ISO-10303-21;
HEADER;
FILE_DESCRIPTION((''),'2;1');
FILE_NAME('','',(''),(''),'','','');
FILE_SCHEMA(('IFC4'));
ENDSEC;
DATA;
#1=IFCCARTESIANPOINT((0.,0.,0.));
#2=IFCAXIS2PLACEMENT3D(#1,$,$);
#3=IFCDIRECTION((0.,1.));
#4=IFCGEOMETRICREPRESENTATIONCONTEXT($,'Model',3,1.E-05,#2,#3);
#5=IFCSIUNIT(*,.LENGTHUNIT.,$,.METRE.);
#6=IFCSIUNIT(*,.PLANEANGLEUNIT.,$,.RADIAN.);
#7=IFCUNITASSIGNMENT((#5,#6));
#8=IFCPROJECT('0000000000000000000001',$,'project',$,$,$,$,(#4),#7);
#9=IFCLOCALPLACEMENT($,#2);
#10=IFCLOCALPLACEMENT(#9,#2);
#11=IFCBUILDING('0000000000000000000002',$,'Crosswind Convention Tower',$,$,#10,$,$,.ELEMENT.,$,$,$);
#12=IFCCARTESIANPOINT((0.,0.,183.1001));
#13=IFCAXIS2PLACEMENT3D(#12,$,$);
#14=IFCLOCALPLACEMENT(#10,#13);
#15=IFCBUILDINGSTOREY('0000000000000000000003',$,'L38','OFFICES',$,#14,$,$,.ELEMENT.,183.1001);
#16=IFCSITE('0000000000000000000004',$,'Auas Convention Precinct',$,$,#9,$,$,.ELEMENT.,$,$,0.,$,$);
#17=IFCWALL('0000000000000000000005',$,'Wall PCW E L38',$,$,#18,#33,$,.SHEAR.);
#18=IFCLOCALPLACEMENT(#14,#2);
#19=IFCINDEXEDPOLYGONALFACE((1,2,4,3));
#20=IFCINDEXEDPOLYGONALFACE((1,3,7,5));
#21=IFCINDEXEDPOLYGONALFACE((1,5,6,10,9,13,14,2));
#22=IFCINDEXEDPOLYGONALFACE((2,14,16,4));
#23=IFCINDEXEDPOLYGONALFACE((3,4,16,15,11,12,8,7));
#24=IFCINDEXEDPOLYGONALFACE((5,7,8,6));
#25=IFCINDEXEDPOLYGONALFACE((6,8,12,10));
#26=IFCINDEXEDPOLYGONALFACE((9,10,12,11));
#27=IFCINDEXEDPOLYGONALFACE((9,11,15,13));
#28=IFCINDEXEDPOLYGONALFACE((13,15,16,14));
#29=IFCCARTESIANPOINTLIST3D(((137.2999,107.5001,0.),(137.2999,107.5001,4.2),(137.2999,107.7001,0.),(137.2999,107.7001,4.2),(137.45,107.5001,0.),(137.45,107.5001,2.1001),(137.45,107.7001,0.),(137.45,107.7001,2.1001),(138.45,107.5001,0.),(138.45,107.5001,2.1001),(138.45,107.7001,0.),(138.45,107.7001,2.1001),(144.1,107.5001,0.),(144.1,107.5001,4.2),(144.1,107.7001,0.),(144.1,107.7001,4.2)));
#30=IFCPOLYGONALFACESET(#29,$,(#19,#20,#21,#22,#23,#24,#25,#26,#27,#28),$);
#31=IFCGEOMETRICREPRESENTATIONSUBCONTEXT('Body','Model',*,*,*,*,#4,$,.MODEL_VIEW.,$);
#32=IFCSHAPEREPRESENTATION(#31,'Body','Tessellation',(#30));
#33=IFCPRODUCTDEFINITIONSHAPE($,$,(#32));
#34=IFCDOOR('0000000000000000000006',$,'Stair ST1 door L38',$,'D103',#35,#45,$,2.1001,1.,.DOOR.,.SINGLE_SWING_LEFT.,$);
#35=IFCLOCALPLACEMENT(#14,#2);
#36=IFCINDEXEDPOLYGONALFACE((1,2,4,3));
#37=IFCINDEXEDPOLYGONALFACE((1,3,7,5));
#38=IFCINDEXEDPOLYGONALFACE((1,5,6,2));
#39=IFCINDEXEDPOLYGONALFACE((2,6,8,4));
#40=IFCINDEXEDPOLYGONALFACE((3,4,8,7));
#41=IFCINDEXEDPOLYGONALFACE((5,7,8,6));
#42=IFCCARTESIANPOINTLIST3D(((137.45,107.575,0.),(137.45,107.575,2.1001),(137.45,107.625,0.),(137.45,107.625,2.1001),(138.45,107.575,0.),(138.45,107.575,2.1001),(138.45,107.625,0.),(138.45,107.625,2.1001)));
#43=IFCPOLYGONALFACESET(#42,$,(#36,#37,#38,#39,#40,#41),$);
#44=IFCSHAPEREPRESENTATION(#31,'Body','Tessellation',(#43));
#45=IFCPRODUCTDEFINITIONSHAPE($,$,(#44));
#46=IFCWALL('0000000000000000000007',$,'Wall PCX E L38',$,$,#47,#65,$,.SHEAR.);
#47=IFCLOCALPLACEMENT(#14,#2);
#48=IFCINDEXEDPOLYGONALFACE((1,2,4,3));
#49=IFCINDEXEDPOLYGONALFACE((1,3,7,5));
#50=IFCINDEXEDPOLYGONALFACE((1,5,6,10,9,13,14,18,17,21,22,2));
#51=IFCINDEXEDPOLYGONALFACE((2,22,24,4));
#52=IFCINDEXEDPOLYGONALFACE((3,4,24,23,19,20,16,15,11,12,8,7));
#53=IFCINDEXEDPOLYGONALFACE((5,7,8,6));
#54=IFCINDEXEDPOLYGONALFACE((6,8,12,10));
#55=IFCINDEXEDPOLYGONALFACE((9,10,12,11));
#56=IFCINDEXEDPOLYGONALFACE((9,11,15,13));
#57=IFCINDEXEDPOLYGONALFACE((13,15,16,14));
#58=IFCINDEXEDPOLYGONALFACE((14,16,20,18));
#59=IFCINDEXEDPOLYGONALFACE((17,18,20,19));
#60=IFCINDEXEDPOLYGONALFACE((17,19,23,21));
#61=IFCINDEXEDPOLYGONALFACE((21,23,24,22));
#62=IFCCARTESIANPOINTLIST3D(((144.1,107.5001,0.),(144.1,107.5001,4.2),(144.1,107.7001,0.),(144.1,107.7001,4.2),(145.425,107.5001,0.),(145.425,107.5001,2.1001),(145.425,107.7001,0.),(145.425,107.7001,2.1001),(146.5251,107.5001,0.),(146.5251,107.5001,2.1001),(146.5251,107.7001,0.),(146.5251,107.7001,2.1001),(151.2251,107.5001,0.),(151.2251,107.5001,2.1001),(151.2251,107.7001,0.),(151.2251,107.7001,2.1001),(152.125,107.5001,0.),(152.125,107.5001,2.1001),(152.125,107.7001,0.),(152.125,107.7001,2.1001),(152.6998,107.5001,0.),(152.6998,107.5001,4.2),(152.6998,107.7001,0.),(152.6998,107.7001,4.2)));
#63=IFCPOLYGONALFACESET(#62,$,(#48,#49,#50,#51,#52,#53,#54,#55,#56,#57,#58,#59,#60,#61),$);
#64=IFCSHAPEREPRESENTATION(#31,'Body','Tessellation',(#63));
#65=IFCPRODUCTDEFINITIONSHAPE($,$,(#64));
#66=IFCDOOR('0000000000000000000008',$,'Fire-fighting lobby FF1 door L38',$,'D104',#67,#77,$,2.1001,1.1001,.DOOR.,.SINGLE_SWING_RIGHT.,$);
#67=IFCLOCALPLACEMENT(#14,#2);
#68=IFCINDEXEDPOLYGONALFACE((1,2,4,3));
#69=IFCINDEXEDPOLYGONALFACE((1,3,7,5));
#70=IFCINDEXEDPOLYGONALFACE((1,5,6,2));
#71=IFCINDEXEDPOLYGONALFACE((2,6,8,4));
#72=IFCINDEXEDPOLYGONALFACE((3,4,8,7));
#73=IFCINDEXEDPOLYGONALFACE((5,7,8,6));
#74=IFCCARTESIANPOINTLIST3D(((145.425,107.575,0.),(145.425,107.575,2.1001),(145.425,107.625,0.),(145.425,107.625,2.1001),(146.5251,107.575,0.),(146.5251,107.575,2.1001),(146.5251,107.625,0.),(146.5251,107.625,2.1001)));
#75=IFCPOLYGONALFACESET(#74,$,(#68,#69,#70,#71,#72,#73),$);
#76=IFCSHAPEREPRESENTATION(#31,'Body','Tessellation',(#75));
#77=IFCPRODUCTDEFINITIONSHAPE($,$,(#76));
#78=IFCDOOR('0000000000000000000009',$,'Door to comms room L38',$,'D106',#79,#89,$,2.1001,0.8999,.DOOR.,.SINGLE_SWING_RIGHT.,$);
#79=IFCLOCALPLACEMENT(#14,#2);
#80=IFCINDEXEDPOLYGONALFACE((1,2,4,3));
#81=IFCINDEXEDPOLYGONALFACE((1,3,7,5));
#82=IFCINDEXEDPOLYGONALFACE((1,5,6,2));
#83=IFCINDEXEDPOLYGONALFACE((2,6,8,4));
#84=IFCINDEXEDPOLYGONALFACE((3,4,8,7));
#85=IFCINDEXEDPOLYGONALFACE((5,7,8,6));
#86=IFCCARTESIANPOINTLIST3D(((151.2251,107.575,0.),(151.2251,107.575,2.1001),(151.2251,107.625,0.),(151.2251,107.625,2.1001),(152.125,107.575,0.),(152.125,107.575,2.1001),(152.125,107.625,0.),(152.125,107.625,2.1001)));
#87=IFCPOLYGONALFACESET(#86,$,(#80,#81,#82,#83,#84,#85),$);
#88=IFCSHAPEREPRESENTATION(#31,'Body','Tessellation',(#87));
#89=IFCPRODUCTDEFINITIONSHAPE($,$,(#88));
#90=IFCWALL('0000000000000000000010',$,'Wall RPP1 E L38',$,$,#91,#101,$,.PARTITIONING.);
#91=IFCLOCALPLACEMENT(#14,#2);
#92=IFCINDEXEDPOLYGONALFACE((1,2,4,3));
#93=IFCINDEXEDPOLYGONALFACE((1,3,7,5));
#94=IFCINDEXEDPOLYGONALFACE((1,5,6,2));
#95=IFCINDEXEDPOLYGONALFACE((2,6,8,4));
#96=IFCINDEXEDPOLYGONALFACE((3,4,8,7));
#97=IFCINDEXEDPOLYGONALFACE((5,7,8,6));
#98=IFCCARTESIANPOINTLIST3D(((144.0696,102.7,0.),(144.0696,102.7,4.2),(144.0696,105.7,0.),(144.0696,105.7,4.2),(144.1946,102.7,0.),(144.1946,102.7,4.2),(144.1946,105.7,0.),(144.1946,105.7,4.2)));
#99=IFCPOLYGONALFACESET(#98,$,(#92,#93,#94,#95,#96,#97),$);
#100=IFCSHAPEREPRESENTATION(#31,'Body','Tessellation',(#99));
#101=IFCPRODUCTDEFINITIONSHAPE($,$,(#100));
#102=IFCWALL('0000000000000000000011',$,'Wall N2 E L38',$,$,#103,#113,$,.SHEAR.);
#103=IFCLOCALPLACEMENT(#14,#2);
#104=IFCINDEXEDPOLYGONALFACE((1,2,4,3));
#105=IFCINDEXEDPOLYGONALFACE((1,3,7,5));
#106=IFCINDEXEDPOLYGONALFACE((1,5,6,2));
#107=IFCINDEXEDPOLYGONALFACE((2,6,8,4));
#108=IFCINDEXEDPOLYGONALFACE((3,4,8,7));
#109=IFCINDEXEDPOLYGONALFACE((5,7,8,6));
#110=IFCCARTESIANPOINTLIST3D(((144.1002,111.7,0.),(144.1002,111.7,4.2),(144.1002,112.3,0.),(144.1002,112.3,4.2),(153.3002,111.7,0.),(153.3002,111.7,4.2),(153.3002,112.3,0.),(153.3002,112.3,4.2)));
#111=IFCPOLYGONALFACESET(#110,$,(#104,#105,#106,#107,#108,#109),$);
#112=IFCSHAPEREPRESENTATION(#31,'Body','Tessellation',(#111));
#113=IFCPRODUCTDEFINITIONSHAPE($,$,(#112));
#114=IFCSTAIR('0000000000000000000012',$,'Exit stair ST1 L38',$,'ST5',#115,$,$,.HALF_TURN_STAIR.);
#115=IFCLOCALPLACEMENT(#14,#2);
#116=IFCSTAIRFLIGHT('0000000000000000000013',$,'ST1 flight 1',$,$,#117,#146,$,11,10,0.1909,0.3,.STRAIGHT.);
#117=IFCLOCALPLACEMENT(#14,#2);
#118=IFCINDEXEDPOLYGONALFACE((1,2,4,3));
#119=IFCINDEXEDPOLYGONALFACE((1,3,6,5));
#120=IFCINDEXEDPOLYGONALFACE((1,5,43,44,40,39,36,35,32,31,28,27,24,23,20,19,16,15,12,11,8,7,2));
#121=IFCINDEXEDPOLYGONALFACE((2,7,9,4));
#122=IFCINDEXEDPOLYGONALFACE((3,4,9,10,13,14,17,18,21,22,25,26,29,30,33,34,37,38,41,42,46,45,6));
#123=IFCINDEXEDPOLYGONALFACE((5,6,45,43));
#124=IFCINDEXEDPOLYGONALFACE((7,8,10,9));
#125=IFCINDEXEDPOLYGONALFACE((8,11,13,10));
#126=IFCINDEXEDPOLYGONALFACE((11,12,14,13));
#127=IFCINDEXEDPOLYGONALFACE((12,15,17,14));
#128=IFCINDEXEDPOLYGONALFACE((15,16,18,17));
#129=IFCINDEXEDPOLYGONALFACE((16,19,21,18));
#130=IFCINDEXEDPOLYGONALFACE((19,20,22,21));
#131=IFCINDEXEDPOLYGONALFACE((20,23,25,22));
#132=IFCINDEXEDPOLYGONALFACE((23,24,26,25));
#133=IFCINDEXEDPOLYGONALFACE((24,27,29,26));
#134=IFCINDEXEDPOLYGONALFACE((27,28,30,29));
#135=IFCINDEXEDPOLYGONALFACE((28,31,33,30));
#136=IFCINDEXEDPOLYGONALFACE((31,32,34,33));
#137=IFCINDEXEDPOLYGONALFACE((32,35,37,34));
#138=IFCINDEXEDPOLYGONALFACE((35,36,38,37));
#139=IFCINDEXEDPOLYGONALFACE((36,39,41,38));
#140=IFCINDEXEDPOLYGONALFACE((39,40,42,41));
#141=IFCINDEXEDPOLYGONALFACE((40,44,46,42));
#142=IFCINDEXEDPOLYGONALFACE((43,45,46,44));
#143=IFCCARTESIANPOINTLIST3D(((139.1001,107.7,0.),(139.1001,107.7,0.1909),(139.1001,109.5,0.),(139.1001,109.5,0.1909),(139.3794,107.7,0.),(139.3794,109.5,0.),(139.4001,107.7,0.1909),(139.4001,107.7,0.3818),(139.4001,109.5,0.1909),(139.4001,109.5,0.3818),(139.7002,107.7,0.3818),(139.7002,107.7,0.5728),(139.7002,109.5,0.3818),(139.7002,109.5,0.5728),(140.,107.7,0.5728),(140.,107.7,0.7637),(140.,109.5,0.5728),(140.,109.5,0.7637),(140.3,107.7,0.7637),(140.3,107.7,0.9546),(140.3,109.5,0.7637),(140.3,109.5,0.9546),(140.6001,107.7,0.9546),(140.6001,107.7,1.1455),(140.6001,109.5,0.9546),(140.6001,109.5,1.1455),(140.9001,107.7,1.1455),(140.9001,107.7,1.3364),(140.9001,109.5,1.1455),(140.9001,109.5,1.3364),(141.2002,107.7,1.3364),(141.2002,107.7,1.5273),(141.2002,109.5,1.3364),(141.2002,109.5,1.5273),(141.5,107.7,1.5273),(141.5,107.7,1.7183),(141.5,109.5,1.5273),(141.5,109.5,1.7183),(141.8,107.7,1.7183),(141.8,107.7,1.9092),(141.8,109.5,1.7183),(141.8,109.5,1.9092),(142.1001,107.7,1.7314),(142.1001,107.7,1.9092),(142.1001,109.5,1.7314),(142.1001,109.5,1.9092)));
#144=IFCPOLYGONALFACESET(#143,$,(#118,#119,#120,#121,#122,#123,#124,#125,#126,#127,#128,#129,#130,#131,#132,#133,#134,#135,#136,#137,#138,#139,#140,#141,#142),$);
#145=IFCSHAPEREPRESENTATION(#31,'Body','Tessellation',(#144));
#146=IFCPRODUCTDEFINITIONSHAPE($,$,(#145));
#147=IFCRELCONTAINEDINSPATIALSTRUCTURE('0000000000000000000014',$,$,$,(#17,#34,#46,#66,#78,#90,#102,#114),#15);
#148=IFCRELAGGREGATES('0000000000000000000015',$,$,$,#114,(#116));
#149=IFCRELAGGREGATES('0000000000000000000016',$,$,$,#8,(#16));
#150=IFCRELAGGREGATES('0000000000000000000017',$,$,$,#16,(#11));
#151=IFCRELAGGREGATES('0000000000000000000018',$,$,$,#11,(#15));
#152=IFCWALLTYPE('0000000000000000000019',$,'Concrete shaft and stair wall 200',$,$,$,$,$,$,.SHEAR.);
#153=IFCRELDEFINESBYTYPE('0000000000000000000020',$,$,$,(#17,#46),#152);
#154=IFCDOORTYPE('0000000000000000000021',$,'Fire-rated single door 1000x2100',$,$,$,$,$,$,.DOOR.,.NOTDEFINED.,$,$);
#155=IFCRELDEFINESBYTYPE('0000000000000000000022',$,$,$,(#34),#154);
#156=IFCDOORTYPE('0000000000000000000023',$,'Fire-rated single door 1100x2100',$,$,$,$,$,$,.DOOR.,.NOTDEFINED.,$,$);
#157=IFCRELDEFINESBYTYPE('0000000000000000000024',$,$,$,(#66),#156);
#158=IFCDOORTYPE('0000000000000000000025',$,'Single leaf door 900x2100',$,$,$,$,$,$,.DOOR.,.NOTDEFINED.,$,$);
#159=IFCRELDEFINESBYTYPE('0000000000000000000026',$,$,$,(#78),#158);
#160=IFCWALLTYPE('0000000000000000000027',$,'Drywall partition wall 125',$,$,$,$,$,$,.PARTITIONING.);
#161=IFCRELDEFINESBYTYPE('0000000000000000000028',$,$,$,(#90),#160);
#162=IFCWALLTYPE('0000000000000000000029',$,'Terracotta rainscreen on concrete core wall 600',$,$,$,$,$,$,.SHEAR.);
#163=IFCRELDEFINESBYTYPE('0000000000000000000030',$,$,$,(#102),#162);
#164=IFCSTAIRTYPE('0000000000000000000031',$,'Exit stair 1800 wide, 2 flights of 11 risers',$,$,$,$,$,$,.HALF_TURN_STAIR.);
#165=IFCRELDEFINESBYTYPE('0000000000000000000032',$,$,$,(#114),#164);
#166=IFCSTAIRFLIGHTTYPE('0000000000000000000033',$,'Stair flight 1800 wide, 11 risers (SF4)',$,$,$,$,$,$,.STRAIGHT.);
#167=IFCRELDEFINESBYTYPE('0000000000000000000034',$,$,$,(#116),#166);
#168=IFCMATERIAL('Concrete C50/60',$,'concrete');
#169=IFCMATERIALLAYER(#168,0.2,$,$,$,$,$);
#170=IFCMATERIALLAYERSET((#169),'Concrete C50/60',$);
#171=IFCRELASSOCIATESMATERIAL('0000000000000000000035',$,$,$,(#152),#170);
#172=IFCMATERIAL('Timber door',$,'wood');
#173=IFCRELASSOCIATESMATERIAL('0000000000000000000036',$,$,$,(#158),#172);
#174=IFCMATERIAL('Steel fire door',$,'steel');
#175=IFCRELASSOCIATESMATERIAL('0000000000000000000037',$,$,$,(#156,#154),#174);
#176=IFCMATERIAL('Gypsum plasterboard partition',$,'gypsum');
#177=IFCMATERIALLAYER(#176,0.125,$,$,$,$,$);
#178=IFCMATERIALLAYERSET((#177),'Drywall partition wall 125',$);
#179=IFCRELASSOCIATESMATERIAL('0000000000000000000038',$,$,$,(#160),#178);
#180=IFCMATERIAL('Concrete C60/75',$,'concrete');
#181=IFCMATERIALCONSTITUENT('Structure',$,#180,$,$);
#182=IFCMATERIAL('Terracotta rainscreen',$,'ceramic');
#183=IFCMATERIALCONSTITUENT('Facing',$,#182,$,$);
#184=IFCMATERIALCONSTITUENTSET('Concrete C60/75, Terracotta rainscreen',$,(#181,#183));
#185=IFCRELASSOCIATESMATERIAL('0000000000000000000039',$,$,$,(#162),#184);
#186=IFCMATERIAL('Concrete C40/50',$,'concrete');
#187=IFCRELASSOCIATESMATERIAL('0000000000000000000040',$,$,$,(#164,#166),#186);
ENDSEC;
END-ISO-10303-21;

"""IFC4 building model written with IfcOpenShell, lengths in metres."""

from ifc_helpers import new_model, si_unit, direction, frame, frame_2d, origin, place, context, subcontext, project, spatial, polyline, rectangle, outline, extrude, material, layer, layer_set, constituent, constituent_set, type_object, element, fill, aggregate, save


model = new_model("IFC4")

# Units and contexts
model_context = context("Model", 3, precision=1e-05, world=origin(), true_north=direction((0.0, 1.0)))
body_context = subcontext(model_context, "Body", "Model", "MODEL_VIEW")
ifc_project = project(units=[si_unit("LENGTHUNIT", "METRE"), si_unit("PLANEANGLEUNIT", "RADIAN")], contexts=[model_context])

# Site, building, storey
site_placement = place(None, origin())
site = spatial("IfcSite", under=ifc_project, at=site_placement, Name="Auas Convention Precinct", CompositionType="ELEMENT", RefElevation=0.0)
building_placement = place(site_placement, origin())
building = spatial("IfcBuilding", under=site, at=building_placement, Name="Crosswind Convention Tower", CompositionType="ELEMENT")
storey_placement = place(building_placement, frame((0.0, 0.0, 183.1001)))
storey = spatial("IfcBuildingStorey", under=building, at=storey_placement, Name="L38", Description="OFFICES", CompositionType="ELEMENT", Elevation=183.1001)

# Shared definitions
ifc_material_1 = material(Name="Concrete C50/60", Category="concrete")
ifc_layer_1 = layer(ifc_material_1, 0.2)
ifc_layer_set_1 = layer_set([ifc_layer_1], Name="Concrete C50/60")
wall_type_1 = type_object("IfcWallType", Name="Concrete shaft and stair wall 200", PredefinedType="SHEAR", material=ifc_layer_set_1)

# Shared definitions
ifc_material_2 = material(Name="Timber door", Category="wood")
door_type_1 = type_object("IfcDoorType", Name="Single leaf door 900x2100", OperationType="NOTDEFINED", PredefinedType="DOOR", material=ifc_material_2)

# Shared definitions
ifc_material_3 = material(Name="Steel fire door", Category="steel")
door_type_2 = type_object("IfcDoorType", Name="Fire-rated single door 1100x2100", OperationType="NOTDEFINED", PredefinedType="DOOR", material=ifc_material_3)

# Wall, opening, door
wall_1_placement = place(storey_placement, frame((137.3, 107.6001, 0.0), z_axis=(0.0, 0.0, 1.0), x_axis=(1.0, 0.0, 0.0)))
wall_1 = element("IfcWall", 1, at=wall_1_placement, inside=storey, type_object=wall_type_1, Name="Wall PCW E L38", PredefinedType="SHEAR", context=body_context, shape_type="SweptSolid", body=[
    extrude(rectangle(XDim=6.8, YDim=0.2, at=frame_2d((3.3999, 0.0))), origin(), (0.0, 0.0, 1.0), 4.2),
])
opening_1_placement = place(wall_1_placement, frame((0.1499, 0.0, 0.0)))
opening_1 = element("IfcOpeningElement", 2, at=opening_1_placement, cuts=wall_1, PredefinedType="OPENING", context=body_context, shape_type="SweptSolid", body=[
    extrude(rectangle(XDim=1.0, YDim=2.1001, at=frame_2d((0.5, 1.05))), frame((0.0, 0.1099, 0.0), z_axis=(0.0, -1.0, 0.0), x_axis=(1.0, 0.0, 0.0)), (0.0, 0.0, 1.0), 0.22),
])
door_type_3 = type_object("IfcDoorType", Name="Fire-rated single door 1000x2100", OperationType="NOTDEFINED", PredefinedType="DOOR", material=ifc_material_3)
door_1_placement = place(opening_1_placement, origin())
door_1 = element("IfcDoor", 3, at=door_1_placement, inside=storey, type_object=door_type_3, Name="Stair ST1 door L38", ObjectType="D103", OperationType="SINGLE_SWING_LEFT", OverallHeight=2.1001, OverallWidth=1.0, PredefinedType="DOOR", context=body_context, shape_type="SweptSolid", body=[
    extrude(rectangle(XDim=1.0, YDim=2.1001, at=frame_2d((0.5, 1.05))), frame((0.0, 0.0249, 0.0), z_axis=(0.0, -1.0, 0.0), x_axis=(1.0, 0.0, 0.0)), (0.0, 0.0, 1.0), 0.05),
])
fill(opening_1, door_1)

# Wall, openings, doors
wall_2_placement = place(storey_placement, frame((144.1001, 107.6001, 0.0), z_axis=(0.0, 0.0, 1.0), x_axis=(1.0, 0.0, 0.0)))
wall_2 = element("IfcWall", 4, at=wall_2_placement, inside=storey, type_object=wall_type_1, Name="Wall PCX E L38", PredefinedType="SHEAR", context=body_context, shape_type="SweptSolid", body=[
    extrude(rectangle(XDim=8.5999, YDim=0.2, at=frame_2d((4.2998, 0.0))), origin(), (0.0, 0.0, 1.0), 4.2),
])
opening_2_placement = place(wall_2_placement, frame((1.325, 0.0, 0.0)))
opening_2 = element("IfcOpeningElement", 5, at=opening_2_placement, cuts=wall_2, PredefinedType="OPENING", context=body_context, shape_type="SweptSolid", body=[
    extrude(rectangle(XDim=1.1001, YDim=2.1001, at=frame_2d((0.55, 1.05))), frame((0.0, 0.1099, 0.0), z_axis=(0.0, -1.0, 0.0), x_axis=(1.0, 0.0, 0.0)), (0.0, 0.0, 1.0), 0.22),
])
opening_3_placement = place(wall_2_placement, frame((7.125, 0.0, 0.0)))
opening_3 = element("IfcOpeningElement", 6, at=opening_3_placement, cuts=wall_2, PredefinedType="OPENING", context=body_context, shape_type="SweptSolid", body=[
    extrude(rectangle(XDim=0.8999, YDim=2.1001, at=frame_2d((0.45, 1.05))), frame((0.0, 0.1099, 0.0), z_axis=(0.0, -1.0, 0.0), x_axis=(1.0, 0.0, 0.0)), (0.0, 0.0, 1.0), 0.22),
])
door_2_placement = place(opening_2_placement, origin())
door_2 = element("IfcDoor", 7, at=door_2_placement, inside=storey, type_object=door_type_2, Name="Fire-fighting lobby FF1 door L38", ObjectType="D104", OperationType="SINGLE_SWING_RIGHT", OverallHeight=2.1001, OverallWidth=1.1001, PredefinedType="DOOR", context=body_context, shape_type="SweptSolid", body=[
    extrude(rectangle(XDim=1.1001, YDim=2.1001, at=frame_2d((0.55, 1.05))), frame((0.0, 0.0249, 0.0), z_axis=(0.0, -1.0, 0.0), x_axis=(1.0, 0.0, 0.0)), (0.0, 0.0, 1.0), 0.05),
])
fill(opening_2, door_2)
door_3_placement = place(opening_3_placement, origin())
door_3 = element("IfcDoor", 8, at=door_3_placement, inside=storey, type_object=door_type_1, Name="Door to comms room L38", ObjectType="D106", OperationType="SINGLE_SWING_RIGHT", OverallHeight=2.1001, OverallWidth=0.8999, PredefinedType="DOOR", context=body_context, shape_type="SweptSolid", body=[
    extrude(rectangle(XDim=0.8999, YDim=2.1001, at=frame_2d((0.45, 1.05))), frame((0.0, 0.0249, 0.0), z_axis=(0.0, -1.0, 0.0), x_axis=(1.0, 0.0, 0.0)), (0.0, 0.0, 1.0), 0.05),
])
fill(opening_3, door_3)

# Walls
ifc_material_4 = material(Name="Gypsum plasterboard partition", Category="gypsum")
ifc_layer_2 = layer(ifc_material_4, 0.125)
ifc_layer_set_2 = layer_set([ifc_layer_2], Name="Drywall partition wall 125")
wall_type_2 = type_object("IfcWallType", Name="Drywall partition wall 125", PredefinedType="PARTITIONING", material=ifc_layer_set_2)
wall_3_placement = place(storey_placement, frame((144.1321, 102.7, 0.0), z_axis=(0.0, 0.0, 1.0), x_axis=(0.0, 1.0, 0.0)))
element("IfcWall", 9, at=wall_3_placement, inside=storey, type_object=wall_type_2, Name="Wall RPP1 E L38", PredefinedType="PARTITIONING", context=body_context, shape_type="SweptSolid", body=[
    extrude(rectangle(XDim=3.0, YDim=0.125, at=frame_2d((1.5, 0.0))), origin(), (0.0, 0.0, 1.0), 4.2),
])
ifc_material_5 = material(Name="Concrete C60/75", Category="concrete")
ifc_constituent_1 = constituent(ifc_material_5, Name="Structure")
ifc_material_6 = material(Name="Terracotta rainscreen", Category="ceramic")
ifc_constituent_2 = constituent(ifc_material_6, Name="Facing")
ifc_constituent_set = constituent_set(constituents=[ifc_constituent_1, ifc_constituent_2], Name="Concrete C60/75, Terracotta rainscreen")
wall_type_3 = type_object("IfcWallType", Name="Terracotta rainscreen on concrete core wall 600", PredefinedType="SHEAR", material=ifc_constituent_set)
wall_4_placement = place(storey_placement, frame((144.1001, 112.0, 0.0), z_axis=(0.0, 0.0, 1.0), x_axis=(1.0, 0.0, 0.0)))
element("IfcWall", 10, at=wall_4_placement, inside=storey, type_object=wall_type_3, Name="Wall N2 E L38", PredefinedType="SHEAR", context=body_context, shape_type="SweptSolid", body=[
    extrude(rectangle(XDim=9.2, YDim=0.6001, at=frame_2d((4.6001, 0.0))), origin(), (0.0, 0.0, 1.0), 4.2),
])

# Stair, stair flight
ifc_material_7 = material(Name="Concrete C40/50", Category="concrete")
stair_type = type_object("IfcStairType", Name="Exit stair 1800 wide, 2 flights of 11 risers", PredefinedType="HALF_TURN_STAIR", material=ifc_material_7)
stair_placement = place(storey_placement, origin())
stair = element("IfcStair", 11, at=stair_placement, inside=storey, type_object=stair_type, Name="Exit stair ST1 L38", ObjectType="ST5", PredefinedType="HALF_TURN_STAIR")
stair_flight_type = type_object("IfcStairFlightType", Name="Stair flight 1800 wide, 11 risers (SF4)", PredefinedType="STRAIGHT", material=ifc_material_7)
stair_flight_1_placement = place(storey_placement, frame((139.1001, 108.6001, 0.0), z_axis=(0.0, 0.0, 1.0), x_axis=(1.0, 0.0, 0.0)))
stair_flight_1 = element("IfcStairFlight", 12, at=stair_flight_1_placement, type_object=stair_flight_type, Name="ST1 flight 1", NumberOfRisers=11, NumberOfTreads=10, PredefinedType="STRAIGHT", RiserHeight=0.1909, TreadLength=0.3, context=body_context, shape_type="SweptSolid", body=[
    extrude(outline(polyline([(0.0, 0.0), (0.0, 0.1909), (0.3, 0.1909), (0.3, 0.3818), (0.6001, 0.3818), (0.6001, 0.5728), (0.8999, 0.5728), (0.8999, 0.7637), (1.2, 0.7637), (1.2, 0.9546), (1.5, 0.9546), (1.5, 1.1455), (1.8, 1.1455), (1.8, 1.3364), (2.1001, 1.3364), (2.1001, 1.5273), (2.3999, 1.5273), (2.3999, 1.7183), (2.7, 1.7183), (2.7, 1.9092), (3.0, 1.9092), (3.0, 2.1001), (3.0, 1.7314), (0.2793, 0.0), (0.0, 0.0)])), frame((0.0, 0.8999, 0.0), z_axis=(0.0, -1.0, 0.0), x_axis=(1.0, 0.0, 0.0)), (0.0, 0.0, 1.0), 1.8),
])
aggregate(stair, [stair_flight_1])

save(model, "model.ifc")
